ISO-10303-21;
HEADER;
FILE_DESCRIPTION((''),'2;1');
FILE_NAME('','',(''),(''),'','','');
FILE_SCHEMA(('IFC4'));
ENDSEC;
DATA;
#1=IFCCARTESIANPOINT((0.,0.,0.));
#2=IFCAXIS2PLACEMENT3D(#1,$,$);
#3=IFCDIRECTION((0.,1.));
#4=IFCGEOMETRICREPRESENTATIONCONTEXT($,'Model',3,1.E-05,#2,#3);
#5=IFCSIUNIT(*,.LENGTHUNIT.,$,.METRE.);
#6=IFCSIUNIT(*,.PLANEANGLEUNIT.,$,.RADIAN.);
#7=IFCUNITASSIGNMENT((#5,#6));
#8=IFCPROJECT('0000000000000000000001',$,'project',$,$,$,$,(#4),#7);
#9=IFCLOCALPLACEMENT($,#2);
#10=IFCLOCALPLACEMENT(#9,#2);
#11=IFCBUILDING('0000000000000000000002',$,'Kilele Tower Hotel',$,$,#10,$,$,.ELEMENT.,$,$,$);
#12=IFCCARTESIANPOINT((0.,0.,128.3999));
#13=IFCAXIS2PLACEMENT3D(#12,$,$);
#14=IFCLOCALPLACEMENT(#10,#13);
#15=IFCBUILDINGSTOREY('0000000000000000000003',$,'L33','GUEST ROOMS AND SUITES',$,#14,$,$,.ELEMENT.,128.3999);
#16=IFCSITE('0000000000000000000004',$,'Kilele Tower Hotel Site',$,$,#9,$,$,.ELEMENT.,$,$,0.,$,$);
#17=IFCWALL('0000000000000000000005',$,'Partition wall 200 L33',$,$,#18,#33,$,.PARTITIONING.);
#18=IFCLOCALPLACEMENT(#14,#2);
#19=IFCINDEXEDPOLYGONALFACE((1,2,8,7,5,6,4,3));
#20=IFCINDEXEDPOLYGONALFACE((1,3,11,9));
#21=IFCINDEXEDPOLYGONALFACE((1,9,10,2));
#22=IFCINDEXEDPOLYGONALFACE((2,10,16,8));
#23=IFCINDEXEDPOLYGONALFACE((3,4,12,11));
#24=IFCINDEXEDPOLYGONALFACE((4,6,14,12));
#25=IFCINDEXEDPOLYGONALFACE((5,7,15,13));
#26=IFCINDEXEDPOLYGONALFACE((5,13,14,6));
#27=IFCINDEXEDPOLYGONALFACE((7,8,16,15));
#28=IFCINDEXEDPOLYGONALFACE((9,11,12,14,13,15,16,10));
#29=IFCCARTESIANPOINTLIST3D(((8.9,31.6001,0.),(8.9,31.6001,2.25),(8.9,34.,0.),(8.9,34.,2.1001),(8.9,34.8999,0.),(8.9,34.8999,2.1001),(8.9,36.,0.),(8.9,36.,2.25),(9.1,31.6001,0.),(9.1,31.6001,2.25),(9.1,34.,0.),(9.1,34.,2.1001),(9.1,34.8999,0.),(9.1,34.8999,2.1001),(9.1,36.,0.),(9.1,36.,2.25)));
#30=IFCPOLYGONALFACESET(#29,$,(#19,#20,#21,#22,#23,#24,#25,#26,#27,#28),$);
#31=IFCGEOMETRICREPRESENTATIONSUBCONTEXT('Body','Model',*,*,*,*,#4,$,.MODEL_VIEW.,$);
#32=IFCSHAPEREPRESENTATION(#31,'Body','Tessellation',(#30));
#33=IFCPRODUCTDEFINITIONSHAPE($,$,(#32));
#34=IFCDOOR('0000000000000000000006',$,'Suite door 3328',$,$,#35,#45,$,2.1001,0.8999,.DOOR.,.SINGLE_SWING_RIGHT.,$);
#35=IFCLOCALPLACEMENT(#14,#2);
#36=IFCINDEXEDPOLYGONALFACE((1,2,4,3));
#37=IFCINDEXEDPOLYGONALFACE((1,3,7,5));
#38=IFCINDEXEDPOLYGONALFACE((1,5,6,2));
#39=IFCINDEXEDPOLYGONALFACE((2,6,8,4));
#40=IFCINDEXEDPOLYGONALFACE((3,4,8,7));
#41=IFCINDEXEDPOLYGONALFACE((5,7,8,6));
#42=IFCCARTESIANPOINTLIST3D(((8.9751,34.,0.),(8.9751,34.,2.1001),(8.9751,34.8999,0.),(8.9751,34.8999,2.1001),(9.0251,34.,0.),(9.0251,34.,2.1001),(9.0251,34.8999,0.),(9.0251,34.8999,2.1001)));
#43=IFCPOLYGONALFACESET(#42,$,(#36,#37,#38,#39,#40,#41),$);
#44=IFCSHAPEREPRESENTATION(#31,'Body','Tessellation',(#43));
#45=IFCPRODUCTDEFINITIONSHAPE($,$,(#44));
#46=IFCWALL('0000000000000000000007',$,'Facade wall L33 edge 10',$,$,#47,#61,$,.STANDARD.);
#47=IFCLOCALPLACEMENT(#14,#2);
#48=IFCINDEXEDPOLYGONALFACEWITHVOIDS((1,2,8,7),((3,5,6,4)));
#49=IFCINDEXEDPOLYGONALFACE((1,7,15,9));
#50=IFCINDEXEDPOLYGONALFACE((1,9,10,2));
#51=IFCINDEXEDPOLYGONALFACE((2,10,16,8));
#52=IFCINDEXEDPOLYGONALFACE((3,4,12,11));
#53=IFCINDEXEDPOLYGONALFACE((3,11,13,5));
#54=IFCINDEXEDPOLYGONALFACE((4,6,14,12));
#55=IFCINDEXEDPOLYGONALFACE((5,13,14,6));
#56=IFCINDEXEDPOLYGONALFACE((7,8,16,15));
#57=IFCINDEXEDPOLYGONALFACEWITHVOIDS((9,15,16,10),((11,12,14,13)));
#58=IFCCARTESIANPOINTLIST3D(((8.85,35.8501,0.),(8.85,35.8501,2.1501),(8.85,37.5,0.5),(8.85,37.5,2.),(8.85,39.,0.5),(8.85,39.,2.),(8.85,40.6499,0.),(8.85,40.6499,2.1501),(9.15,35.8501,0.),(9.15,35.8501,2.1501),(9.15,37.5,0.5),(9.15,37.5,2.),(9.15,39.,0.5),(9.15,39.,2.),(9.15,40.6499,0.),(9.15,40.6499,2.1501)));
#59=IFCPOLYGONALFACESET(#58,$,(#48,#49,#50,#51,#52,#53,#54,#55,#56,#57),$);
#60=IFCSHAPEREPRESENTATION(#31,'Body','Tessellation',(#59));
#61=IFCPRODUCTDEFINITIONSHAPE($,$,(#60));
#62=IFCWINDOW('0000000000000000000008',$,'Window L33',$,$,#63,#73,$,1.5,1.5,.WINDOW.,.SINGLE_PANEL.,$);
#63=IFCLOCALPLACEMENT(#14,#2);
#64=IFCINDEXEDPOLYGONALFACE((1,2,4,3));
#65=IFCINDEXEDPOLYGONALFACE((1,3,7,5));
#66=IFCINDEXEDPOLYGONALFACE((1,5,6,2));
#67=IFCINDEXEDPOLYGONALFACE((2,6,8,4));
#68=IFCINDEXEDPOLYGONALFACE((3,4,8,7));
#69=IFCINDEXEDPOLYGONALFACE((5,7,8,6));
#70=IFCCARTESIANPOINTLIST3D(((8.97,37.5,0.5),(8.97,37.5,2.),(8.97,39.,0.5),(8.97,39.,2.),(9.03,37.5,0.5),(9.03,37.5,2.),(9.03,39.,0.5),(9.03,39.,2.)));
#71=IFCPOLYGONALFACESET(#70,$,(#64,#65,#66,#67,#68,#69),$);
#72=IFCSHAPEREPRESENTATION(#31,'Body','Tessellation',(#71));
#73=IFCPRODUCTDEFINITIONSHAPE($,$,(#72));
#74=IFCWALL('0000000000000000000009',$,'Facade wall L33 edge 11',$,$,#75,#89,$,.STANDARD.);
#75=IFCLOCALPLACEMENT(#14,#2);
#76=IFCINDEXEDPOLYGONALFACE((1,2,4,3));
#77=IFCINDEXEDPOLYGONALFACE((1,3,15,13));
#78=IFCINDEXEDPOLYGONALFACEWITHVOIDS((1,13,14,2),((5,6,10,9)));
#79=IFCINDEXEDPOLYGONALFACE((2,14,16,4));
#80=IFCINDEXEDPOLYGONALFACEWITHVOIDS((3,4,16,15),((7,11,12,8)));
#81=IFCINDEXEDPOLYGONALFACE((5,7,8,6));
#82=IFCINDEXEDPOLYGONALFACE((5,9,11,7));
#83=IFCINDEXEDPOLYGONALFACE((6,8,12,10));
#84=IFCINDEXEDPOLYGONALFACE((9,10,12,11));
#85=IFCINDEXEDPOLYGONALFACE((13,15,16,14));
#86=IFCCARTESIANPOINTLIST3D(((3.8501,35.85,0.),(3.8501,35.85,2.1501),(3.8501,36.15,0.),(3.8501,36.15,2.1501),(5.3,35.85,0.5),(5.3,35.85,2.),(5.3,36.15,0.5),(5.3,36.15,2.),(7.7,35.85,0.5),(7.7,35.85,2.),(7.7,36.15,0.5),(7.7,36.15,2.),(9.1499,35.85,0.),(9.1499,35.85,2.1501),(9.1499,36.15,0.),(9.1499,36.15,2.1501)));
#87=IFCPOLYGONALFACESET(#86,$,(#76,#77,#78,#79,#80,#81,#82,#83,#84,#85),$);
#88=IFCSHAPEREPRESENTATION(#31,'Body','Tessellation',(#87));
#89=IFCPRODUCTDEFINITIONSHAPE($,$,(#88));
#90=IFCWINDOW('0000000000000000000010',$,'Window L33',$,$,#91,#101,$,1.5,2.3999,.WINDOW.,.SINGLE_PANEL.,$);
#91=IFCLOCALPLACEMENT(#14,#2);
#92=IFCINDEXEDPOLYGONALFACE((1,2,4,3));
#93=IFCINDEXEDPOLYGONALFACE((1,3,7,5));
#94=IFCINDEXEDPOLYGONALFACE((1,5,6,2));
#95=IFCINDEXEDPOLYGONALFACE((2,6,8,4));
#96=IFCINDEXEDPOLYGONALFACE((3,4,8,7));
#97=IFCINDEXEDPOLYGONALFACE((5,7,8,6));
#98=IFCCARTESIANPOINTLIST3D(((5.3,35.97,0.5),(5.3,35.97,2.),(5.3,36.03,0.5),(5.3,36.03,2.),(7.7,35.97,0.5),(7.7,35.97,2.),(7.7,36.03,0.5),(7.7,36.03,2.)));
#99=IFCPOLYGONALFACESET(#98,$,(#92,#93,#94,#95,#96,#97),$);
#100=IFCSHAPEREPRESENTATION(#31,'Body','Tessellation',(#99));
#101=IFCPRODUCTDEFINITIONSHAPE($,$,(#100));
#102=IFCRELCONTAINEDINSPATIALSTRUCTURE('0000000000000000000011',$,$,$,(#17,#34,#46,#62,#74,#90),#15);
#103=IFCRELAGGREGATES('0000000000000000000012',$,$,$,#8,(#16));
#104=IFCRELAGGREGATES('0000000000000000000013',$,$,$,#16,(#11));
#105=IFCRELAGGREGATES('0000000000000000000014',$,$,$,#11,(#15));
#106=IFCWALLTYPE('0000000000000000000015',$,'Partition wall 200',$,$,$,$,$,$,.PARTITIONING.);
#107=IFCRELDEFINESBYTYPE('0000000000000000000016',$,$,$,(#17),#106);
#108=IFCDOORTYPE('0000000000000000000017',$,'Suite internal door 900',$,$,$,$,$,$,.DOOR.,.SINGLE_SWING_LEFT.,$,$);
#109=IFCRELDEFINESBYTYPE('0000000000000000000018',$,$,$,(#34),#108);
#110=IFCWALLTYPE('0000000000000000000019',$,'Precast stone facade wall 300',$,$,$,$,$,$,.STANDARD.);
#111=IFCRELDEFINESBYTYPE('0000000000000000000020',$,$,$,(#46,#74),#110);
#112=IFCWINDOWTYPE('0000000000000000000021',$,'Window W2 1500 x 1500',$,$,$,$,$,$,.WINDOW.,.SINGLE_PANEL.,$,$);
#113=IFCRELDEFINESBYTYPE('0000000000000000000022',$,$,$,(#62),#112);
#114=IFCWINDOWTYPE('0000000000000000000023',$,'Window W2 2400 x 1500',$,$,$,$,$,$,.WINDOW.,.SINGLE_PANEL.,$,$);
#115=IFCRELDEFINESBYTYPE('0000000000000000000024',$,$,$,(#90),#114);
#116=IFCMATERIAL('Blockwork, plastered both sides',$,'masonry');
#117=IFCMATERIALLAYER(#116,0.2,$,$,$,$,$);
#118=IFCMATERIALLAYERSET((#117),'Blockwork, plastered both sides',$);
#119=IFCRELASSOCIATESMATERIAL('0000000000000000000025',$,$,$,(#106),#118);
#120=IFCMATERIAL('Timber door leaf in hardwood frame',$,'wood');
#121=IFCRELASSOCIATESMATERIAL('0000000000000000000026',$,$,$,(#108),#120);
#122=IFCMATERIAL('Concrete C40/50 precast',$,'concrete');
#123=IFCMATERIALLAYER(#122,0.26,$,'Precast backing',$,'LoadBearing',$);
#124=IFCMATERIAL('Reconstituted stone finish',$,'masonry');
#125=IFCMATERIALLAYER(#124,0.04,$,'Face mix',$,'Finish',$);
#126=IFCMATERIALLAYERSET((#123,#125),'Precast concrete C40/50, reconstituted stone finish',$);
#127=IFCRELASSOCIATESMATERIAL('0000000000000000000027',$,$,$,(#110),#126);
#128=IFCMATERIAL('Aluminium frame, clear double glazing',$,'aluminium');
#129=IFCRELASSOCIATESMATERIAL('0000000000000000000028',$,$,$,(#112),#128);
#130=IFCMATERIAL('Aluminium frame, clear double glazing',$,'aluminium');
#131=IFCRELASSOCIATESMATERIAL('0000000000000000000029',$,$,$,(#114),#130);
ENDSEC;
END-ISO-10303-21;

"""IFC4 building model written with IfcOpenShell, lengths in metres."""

from ifc_helpers import new_model, si_unit, direction, frame, frame_2d, origin, place, context, subcontext, project, spatial, rectangle, extrude, material, layer, layer_set, type_object, element, fill, save


model = new_model("IFC4")

# Units and contexts
model_context = context("Model", 3, precision=1e-05, world=origin(), true_north=direction((0.0, 1.0)))
body_context = subcontext(model_context, "Body", "Model", "MODEL_VIEW")
ifc_project = project(units=[si_unit("LENGTHUNIT", "METRE"), si_unit("PLANEANGLEUNIT", "RADIAN")], contexts=[model_context])

# Site, building, storey
site_placement = place(None, origin())
site = spatial("IfcSite", under=ifc_project, at=site_placement, Name="Kilele Tower Hotel Site", CompositionType="ELEMENT", RefElevation=0.0)
building_placement = place(site_placement, origin())
building = spatial("IfcBuilding", under=site, at=building_placement, Name="Kilele Tower Hotel", CompositionType="ELEMENT")
storey_placement = place(building_placement, frame((0.0, 0.0, 128.3999)))
storey = spatial("IfcBuildingStorey", under=building, at=storey_placement, Name="L33", Description="GUEST ROOMS AND SUITES", CompositionType="ELEMENT", Elevation=128.3999)

# Wall, opening, door
ifc_material_1 = material(Name="Blockwork, plastered both sides", Category="masonry")
ifc_layer_1 = layer(ifc_material_1, 0.2)
ifc_layer_set_1 = layer_set([ifc_layer_1], Name="Blockwork, plastered both sides")
wall_type_1 = type_object("IfcWallType", Name="Partition wall 200", PredefinedType="PARTITIONING", material=ifc_layer_set_1)
wall_1_placement = place(storey_placement, frame((9.0, 31.6001, 0.0), z_axis=(0.0, 0.0, 1.0), x_axis=(0.0, 1.0, 0.0)))
wall_1 = element("IfcWall", 1, at=wall_1_placement, inside=storey, type_object=wall_type_1, Name="Partition wall 200 L33", PredefinedType="PARTITIONING", context=body_context, shape_type="SweptSolid", body=[
    extrude(rectangle(XDim=4.3999, YDim=0.2, at=frame_2d((2.2, 0.0))), origin(), (0.0, 0.0, 1.0), 2.25),
])
opening_1_placement = place(wall_1_placement, frame((2.3999, 0.0, 0.0)))
opening_1 = element("IfcOpeningElement", 2, at=opening_1_placement, cuts=wall_1, PredefinedType="OPENING", context=body_context, shape_type="SweptSolid", body=[
    extrude(rectangle(XDim=0.8999, YDim=2.1001, at=frame_2d((0.45, 1.05))), frame((0.0, 0.1099, 0.0), z_axis=(0.0, -1.0, 0.0), x_axis=(1.0, 0.0, 0.0)), (0.0, 0.0, 1.0), 0.22),
])
ifc_material_2 = material(Name="Timber door leaf in hardwood frame", Category="wood")
door_type_1 = type_object("IfcDoorType", Name="Suite internal door 900", OperationType="SINGLE_SWING_LEFT", PredefinedType="DOOR", material=ifc_material_2)
door_1_placement = place(opening_1_placement, origin())
door_1 = element("IfcDoor", 3, at=door_1_placement, inside=storey, type_object=door_type_1, Name="Suite door 3328", OperationType="SINGLE_SWING_RIGHT", OverallHeight=2.1001, OverallWidth=0.8999, PredefinedType="DOOR", context=body_context, shape_type="SweptSolid", body=[
    extrude(rectangle(XDim=0.8999, YDim=2.1001, at=frame_2d((0.45, 1.05))), frame((0.0, 0.0249, 0.0), z_axis=(0.0, -1.0, 0.0), x_axis=(1.0, 0.0, 0.0)), (0.0, 0.0, 1.0), 0.05),
])
fill(opening_1, door_1)

# Walls, openings, windows
ifc_material_3 = material(Name="Concrete C40/50 precast", Category="concrete")
ifc_layer_2 = layer(ifc_material_3, 0.26, Name="Precast backing", Category="LoadBearing")
ifc_material_4 = material(Name="Reconstituted stone finish", Category="masonry")
ifc_layer_3 = layer(ifc_material_4, 0.04, Name="Face mix", Category="Finish")
ifc_layer_set_2 = layer_set([ifc_layer_2, ifc_layer_3], Name="Precast concrete C40/50, reconstituted stone finish")
wall_type_2 = type_object("IfcWallType", Name="Precast stone facade wall 300", PredefinedType="STANDARD", material=ifc_layer_set_2)
wall_2_placement = place(storey_placement, frame((9.0, 40.6499, 0.0), z_axis=(0.0, 0.0, 1.0), x_axis=(0.0, -1.0, 0.0)))
wall_2 = element("IfcWall", 4, at=wall_2_placement, inside=storey, type_object=wall_type_2, Name="Facade wall L33 edge 10", PredefinedType="STANDARD", context=body_context, shape_type="SweptSolid", body=[
    extrude(rectangle(XDim=4.7998, YDim=0.3, at=frame_2d((2.3999, 0.0))), origin(), (0.0, 0.0, 1.0), 2.1501),
])
opening_2_placement = place(wall_2_placement, frame((1.6499, 0.0, 0.5)))
opening_2 = element("IfcOpeningElement", 5, at=opening_2_placement, cuts=wall_2, PredefinedType="OPENING", context=body_context, shape_type="SweptSolid", body=[
    extrude(rectangle(XDim=1.5, YDim=1.5, at=frame_2d((0.75, 0.75))), frame((0.0, 0.1599, 0.0), z_axis=(0.0, -1.0, 0.0), x_axis=(1.0, 0.0, 0.0)), (0.0, 0.0, 1.0), 0.3201),
])
ifc_material_5 = material(Name="Aluminium frame, clear double glazing", Category="aluminium")
window_type_1 = type_object("IfcWindowType", Name="Window W2 1500 x 1500", PartitioningType="SINGLE_PANEL", PredefinedType="WINDOW", material=ifc_material_5)
window_1_placement = place(opening_2_placement, origin())
window_1 = element("IfcWindow", 6, at=window_1_placement, inside=storey, type_object=window_type_1, Name="Window L33", OverallHeight=1.5, OverallWidth=1.5, PartitioningType="SINGLE_PANEL", PredefinedType="WINDOW", context=body_context, shape_type="SweptSolid", body=[
    extrude(rectangle(XDim=1.5, YDim=1.5, at=frame_2d((0.75, 0.75))), frame((0.0, 0.03, 0.0), z_axis=(0.0, -1.0, 0.0), x_axis=(1.0, 0.0, 0.0)), (0.0, 0.0, 1.0), 0.0601),
])
fill(opening_2, window_1)
wall_3_placement = place(storey_placement, frame((9.1499, 36.0, 0.0), z_axis=(0.0, 0.0, 1.0), x_axis=(-1.0, 0.0, 0.0)))
wall_3 = element("IfcWall", 7, at=wall_3_placement, inside=storey, type_object=wall_type_2, Name="Facade wall L33 edge 11", PredefinedType="STANDARD", context=body_context, shape_type="SweptSolid", body=[
    extrude(rectangle(XDim=5.2998, YDim=0.3, at=frame_2d((2.6499, 0.0))), origin(), (0.0, 0.0, 1.0), 2.1501),
])
opening_3_placement = place(wall_3_placement, frame((1.45, 0.0, 0.5)))
opening_3 = element("IfcOpeningElement", 8, at=opening_3_placement, cuts=wall_3, PredefinedType="OPENING", context=body_context, shape_type="SweptSolid", body=[
    extrude(rectangle(XDim=2.3999, YDim=1.5, at=frame_2d((1.2, 0.75))), frame((0.0, 0.1599, 0.0), z_axis=(0.0, -1.0, 0.0), x_axis=(1.0, 0.0, 0.0)), (0.0, 0.0, 1.0), 0.3201),
])
ifc_material_6 = material(Name="Aluminium frame, clear double glazing", Category="aluminium")
window_type_2 = type_object("IfcWindowType", Name="Window W2 2400 x 1500", PartitioningType="SINGLE_PANEL", PredefinedType="WINDOW", material=ifc_material_6)
window_2_placement = place(opening_3_placement, origin())
window_2 = element("IfcWindow", 9, at=window_2_placement, inside=storey, type_object=window_type_2, Name="Window L33", OverallHeight=1.5, OverallWidth=2.3999, PartitioningType="SINGLE_PANEL", PredefinedType="WINDOW", context=body_context, shape_type="SweptSolid", body=[
    extrude(rectangle(XDim=2.3999, YDim=1.5, at=frame_2d((1.2, 0.75))), frame((0.0, 0.03, 0.0), z_axis=(0.0, -1.0, 0.0), x_axis=(1.0, 0.0, 0.0)), (0.0, 0.0, 1.0), 0.0601),
])
fill(opening_3, window_2)

save(model, "model.ifc")
